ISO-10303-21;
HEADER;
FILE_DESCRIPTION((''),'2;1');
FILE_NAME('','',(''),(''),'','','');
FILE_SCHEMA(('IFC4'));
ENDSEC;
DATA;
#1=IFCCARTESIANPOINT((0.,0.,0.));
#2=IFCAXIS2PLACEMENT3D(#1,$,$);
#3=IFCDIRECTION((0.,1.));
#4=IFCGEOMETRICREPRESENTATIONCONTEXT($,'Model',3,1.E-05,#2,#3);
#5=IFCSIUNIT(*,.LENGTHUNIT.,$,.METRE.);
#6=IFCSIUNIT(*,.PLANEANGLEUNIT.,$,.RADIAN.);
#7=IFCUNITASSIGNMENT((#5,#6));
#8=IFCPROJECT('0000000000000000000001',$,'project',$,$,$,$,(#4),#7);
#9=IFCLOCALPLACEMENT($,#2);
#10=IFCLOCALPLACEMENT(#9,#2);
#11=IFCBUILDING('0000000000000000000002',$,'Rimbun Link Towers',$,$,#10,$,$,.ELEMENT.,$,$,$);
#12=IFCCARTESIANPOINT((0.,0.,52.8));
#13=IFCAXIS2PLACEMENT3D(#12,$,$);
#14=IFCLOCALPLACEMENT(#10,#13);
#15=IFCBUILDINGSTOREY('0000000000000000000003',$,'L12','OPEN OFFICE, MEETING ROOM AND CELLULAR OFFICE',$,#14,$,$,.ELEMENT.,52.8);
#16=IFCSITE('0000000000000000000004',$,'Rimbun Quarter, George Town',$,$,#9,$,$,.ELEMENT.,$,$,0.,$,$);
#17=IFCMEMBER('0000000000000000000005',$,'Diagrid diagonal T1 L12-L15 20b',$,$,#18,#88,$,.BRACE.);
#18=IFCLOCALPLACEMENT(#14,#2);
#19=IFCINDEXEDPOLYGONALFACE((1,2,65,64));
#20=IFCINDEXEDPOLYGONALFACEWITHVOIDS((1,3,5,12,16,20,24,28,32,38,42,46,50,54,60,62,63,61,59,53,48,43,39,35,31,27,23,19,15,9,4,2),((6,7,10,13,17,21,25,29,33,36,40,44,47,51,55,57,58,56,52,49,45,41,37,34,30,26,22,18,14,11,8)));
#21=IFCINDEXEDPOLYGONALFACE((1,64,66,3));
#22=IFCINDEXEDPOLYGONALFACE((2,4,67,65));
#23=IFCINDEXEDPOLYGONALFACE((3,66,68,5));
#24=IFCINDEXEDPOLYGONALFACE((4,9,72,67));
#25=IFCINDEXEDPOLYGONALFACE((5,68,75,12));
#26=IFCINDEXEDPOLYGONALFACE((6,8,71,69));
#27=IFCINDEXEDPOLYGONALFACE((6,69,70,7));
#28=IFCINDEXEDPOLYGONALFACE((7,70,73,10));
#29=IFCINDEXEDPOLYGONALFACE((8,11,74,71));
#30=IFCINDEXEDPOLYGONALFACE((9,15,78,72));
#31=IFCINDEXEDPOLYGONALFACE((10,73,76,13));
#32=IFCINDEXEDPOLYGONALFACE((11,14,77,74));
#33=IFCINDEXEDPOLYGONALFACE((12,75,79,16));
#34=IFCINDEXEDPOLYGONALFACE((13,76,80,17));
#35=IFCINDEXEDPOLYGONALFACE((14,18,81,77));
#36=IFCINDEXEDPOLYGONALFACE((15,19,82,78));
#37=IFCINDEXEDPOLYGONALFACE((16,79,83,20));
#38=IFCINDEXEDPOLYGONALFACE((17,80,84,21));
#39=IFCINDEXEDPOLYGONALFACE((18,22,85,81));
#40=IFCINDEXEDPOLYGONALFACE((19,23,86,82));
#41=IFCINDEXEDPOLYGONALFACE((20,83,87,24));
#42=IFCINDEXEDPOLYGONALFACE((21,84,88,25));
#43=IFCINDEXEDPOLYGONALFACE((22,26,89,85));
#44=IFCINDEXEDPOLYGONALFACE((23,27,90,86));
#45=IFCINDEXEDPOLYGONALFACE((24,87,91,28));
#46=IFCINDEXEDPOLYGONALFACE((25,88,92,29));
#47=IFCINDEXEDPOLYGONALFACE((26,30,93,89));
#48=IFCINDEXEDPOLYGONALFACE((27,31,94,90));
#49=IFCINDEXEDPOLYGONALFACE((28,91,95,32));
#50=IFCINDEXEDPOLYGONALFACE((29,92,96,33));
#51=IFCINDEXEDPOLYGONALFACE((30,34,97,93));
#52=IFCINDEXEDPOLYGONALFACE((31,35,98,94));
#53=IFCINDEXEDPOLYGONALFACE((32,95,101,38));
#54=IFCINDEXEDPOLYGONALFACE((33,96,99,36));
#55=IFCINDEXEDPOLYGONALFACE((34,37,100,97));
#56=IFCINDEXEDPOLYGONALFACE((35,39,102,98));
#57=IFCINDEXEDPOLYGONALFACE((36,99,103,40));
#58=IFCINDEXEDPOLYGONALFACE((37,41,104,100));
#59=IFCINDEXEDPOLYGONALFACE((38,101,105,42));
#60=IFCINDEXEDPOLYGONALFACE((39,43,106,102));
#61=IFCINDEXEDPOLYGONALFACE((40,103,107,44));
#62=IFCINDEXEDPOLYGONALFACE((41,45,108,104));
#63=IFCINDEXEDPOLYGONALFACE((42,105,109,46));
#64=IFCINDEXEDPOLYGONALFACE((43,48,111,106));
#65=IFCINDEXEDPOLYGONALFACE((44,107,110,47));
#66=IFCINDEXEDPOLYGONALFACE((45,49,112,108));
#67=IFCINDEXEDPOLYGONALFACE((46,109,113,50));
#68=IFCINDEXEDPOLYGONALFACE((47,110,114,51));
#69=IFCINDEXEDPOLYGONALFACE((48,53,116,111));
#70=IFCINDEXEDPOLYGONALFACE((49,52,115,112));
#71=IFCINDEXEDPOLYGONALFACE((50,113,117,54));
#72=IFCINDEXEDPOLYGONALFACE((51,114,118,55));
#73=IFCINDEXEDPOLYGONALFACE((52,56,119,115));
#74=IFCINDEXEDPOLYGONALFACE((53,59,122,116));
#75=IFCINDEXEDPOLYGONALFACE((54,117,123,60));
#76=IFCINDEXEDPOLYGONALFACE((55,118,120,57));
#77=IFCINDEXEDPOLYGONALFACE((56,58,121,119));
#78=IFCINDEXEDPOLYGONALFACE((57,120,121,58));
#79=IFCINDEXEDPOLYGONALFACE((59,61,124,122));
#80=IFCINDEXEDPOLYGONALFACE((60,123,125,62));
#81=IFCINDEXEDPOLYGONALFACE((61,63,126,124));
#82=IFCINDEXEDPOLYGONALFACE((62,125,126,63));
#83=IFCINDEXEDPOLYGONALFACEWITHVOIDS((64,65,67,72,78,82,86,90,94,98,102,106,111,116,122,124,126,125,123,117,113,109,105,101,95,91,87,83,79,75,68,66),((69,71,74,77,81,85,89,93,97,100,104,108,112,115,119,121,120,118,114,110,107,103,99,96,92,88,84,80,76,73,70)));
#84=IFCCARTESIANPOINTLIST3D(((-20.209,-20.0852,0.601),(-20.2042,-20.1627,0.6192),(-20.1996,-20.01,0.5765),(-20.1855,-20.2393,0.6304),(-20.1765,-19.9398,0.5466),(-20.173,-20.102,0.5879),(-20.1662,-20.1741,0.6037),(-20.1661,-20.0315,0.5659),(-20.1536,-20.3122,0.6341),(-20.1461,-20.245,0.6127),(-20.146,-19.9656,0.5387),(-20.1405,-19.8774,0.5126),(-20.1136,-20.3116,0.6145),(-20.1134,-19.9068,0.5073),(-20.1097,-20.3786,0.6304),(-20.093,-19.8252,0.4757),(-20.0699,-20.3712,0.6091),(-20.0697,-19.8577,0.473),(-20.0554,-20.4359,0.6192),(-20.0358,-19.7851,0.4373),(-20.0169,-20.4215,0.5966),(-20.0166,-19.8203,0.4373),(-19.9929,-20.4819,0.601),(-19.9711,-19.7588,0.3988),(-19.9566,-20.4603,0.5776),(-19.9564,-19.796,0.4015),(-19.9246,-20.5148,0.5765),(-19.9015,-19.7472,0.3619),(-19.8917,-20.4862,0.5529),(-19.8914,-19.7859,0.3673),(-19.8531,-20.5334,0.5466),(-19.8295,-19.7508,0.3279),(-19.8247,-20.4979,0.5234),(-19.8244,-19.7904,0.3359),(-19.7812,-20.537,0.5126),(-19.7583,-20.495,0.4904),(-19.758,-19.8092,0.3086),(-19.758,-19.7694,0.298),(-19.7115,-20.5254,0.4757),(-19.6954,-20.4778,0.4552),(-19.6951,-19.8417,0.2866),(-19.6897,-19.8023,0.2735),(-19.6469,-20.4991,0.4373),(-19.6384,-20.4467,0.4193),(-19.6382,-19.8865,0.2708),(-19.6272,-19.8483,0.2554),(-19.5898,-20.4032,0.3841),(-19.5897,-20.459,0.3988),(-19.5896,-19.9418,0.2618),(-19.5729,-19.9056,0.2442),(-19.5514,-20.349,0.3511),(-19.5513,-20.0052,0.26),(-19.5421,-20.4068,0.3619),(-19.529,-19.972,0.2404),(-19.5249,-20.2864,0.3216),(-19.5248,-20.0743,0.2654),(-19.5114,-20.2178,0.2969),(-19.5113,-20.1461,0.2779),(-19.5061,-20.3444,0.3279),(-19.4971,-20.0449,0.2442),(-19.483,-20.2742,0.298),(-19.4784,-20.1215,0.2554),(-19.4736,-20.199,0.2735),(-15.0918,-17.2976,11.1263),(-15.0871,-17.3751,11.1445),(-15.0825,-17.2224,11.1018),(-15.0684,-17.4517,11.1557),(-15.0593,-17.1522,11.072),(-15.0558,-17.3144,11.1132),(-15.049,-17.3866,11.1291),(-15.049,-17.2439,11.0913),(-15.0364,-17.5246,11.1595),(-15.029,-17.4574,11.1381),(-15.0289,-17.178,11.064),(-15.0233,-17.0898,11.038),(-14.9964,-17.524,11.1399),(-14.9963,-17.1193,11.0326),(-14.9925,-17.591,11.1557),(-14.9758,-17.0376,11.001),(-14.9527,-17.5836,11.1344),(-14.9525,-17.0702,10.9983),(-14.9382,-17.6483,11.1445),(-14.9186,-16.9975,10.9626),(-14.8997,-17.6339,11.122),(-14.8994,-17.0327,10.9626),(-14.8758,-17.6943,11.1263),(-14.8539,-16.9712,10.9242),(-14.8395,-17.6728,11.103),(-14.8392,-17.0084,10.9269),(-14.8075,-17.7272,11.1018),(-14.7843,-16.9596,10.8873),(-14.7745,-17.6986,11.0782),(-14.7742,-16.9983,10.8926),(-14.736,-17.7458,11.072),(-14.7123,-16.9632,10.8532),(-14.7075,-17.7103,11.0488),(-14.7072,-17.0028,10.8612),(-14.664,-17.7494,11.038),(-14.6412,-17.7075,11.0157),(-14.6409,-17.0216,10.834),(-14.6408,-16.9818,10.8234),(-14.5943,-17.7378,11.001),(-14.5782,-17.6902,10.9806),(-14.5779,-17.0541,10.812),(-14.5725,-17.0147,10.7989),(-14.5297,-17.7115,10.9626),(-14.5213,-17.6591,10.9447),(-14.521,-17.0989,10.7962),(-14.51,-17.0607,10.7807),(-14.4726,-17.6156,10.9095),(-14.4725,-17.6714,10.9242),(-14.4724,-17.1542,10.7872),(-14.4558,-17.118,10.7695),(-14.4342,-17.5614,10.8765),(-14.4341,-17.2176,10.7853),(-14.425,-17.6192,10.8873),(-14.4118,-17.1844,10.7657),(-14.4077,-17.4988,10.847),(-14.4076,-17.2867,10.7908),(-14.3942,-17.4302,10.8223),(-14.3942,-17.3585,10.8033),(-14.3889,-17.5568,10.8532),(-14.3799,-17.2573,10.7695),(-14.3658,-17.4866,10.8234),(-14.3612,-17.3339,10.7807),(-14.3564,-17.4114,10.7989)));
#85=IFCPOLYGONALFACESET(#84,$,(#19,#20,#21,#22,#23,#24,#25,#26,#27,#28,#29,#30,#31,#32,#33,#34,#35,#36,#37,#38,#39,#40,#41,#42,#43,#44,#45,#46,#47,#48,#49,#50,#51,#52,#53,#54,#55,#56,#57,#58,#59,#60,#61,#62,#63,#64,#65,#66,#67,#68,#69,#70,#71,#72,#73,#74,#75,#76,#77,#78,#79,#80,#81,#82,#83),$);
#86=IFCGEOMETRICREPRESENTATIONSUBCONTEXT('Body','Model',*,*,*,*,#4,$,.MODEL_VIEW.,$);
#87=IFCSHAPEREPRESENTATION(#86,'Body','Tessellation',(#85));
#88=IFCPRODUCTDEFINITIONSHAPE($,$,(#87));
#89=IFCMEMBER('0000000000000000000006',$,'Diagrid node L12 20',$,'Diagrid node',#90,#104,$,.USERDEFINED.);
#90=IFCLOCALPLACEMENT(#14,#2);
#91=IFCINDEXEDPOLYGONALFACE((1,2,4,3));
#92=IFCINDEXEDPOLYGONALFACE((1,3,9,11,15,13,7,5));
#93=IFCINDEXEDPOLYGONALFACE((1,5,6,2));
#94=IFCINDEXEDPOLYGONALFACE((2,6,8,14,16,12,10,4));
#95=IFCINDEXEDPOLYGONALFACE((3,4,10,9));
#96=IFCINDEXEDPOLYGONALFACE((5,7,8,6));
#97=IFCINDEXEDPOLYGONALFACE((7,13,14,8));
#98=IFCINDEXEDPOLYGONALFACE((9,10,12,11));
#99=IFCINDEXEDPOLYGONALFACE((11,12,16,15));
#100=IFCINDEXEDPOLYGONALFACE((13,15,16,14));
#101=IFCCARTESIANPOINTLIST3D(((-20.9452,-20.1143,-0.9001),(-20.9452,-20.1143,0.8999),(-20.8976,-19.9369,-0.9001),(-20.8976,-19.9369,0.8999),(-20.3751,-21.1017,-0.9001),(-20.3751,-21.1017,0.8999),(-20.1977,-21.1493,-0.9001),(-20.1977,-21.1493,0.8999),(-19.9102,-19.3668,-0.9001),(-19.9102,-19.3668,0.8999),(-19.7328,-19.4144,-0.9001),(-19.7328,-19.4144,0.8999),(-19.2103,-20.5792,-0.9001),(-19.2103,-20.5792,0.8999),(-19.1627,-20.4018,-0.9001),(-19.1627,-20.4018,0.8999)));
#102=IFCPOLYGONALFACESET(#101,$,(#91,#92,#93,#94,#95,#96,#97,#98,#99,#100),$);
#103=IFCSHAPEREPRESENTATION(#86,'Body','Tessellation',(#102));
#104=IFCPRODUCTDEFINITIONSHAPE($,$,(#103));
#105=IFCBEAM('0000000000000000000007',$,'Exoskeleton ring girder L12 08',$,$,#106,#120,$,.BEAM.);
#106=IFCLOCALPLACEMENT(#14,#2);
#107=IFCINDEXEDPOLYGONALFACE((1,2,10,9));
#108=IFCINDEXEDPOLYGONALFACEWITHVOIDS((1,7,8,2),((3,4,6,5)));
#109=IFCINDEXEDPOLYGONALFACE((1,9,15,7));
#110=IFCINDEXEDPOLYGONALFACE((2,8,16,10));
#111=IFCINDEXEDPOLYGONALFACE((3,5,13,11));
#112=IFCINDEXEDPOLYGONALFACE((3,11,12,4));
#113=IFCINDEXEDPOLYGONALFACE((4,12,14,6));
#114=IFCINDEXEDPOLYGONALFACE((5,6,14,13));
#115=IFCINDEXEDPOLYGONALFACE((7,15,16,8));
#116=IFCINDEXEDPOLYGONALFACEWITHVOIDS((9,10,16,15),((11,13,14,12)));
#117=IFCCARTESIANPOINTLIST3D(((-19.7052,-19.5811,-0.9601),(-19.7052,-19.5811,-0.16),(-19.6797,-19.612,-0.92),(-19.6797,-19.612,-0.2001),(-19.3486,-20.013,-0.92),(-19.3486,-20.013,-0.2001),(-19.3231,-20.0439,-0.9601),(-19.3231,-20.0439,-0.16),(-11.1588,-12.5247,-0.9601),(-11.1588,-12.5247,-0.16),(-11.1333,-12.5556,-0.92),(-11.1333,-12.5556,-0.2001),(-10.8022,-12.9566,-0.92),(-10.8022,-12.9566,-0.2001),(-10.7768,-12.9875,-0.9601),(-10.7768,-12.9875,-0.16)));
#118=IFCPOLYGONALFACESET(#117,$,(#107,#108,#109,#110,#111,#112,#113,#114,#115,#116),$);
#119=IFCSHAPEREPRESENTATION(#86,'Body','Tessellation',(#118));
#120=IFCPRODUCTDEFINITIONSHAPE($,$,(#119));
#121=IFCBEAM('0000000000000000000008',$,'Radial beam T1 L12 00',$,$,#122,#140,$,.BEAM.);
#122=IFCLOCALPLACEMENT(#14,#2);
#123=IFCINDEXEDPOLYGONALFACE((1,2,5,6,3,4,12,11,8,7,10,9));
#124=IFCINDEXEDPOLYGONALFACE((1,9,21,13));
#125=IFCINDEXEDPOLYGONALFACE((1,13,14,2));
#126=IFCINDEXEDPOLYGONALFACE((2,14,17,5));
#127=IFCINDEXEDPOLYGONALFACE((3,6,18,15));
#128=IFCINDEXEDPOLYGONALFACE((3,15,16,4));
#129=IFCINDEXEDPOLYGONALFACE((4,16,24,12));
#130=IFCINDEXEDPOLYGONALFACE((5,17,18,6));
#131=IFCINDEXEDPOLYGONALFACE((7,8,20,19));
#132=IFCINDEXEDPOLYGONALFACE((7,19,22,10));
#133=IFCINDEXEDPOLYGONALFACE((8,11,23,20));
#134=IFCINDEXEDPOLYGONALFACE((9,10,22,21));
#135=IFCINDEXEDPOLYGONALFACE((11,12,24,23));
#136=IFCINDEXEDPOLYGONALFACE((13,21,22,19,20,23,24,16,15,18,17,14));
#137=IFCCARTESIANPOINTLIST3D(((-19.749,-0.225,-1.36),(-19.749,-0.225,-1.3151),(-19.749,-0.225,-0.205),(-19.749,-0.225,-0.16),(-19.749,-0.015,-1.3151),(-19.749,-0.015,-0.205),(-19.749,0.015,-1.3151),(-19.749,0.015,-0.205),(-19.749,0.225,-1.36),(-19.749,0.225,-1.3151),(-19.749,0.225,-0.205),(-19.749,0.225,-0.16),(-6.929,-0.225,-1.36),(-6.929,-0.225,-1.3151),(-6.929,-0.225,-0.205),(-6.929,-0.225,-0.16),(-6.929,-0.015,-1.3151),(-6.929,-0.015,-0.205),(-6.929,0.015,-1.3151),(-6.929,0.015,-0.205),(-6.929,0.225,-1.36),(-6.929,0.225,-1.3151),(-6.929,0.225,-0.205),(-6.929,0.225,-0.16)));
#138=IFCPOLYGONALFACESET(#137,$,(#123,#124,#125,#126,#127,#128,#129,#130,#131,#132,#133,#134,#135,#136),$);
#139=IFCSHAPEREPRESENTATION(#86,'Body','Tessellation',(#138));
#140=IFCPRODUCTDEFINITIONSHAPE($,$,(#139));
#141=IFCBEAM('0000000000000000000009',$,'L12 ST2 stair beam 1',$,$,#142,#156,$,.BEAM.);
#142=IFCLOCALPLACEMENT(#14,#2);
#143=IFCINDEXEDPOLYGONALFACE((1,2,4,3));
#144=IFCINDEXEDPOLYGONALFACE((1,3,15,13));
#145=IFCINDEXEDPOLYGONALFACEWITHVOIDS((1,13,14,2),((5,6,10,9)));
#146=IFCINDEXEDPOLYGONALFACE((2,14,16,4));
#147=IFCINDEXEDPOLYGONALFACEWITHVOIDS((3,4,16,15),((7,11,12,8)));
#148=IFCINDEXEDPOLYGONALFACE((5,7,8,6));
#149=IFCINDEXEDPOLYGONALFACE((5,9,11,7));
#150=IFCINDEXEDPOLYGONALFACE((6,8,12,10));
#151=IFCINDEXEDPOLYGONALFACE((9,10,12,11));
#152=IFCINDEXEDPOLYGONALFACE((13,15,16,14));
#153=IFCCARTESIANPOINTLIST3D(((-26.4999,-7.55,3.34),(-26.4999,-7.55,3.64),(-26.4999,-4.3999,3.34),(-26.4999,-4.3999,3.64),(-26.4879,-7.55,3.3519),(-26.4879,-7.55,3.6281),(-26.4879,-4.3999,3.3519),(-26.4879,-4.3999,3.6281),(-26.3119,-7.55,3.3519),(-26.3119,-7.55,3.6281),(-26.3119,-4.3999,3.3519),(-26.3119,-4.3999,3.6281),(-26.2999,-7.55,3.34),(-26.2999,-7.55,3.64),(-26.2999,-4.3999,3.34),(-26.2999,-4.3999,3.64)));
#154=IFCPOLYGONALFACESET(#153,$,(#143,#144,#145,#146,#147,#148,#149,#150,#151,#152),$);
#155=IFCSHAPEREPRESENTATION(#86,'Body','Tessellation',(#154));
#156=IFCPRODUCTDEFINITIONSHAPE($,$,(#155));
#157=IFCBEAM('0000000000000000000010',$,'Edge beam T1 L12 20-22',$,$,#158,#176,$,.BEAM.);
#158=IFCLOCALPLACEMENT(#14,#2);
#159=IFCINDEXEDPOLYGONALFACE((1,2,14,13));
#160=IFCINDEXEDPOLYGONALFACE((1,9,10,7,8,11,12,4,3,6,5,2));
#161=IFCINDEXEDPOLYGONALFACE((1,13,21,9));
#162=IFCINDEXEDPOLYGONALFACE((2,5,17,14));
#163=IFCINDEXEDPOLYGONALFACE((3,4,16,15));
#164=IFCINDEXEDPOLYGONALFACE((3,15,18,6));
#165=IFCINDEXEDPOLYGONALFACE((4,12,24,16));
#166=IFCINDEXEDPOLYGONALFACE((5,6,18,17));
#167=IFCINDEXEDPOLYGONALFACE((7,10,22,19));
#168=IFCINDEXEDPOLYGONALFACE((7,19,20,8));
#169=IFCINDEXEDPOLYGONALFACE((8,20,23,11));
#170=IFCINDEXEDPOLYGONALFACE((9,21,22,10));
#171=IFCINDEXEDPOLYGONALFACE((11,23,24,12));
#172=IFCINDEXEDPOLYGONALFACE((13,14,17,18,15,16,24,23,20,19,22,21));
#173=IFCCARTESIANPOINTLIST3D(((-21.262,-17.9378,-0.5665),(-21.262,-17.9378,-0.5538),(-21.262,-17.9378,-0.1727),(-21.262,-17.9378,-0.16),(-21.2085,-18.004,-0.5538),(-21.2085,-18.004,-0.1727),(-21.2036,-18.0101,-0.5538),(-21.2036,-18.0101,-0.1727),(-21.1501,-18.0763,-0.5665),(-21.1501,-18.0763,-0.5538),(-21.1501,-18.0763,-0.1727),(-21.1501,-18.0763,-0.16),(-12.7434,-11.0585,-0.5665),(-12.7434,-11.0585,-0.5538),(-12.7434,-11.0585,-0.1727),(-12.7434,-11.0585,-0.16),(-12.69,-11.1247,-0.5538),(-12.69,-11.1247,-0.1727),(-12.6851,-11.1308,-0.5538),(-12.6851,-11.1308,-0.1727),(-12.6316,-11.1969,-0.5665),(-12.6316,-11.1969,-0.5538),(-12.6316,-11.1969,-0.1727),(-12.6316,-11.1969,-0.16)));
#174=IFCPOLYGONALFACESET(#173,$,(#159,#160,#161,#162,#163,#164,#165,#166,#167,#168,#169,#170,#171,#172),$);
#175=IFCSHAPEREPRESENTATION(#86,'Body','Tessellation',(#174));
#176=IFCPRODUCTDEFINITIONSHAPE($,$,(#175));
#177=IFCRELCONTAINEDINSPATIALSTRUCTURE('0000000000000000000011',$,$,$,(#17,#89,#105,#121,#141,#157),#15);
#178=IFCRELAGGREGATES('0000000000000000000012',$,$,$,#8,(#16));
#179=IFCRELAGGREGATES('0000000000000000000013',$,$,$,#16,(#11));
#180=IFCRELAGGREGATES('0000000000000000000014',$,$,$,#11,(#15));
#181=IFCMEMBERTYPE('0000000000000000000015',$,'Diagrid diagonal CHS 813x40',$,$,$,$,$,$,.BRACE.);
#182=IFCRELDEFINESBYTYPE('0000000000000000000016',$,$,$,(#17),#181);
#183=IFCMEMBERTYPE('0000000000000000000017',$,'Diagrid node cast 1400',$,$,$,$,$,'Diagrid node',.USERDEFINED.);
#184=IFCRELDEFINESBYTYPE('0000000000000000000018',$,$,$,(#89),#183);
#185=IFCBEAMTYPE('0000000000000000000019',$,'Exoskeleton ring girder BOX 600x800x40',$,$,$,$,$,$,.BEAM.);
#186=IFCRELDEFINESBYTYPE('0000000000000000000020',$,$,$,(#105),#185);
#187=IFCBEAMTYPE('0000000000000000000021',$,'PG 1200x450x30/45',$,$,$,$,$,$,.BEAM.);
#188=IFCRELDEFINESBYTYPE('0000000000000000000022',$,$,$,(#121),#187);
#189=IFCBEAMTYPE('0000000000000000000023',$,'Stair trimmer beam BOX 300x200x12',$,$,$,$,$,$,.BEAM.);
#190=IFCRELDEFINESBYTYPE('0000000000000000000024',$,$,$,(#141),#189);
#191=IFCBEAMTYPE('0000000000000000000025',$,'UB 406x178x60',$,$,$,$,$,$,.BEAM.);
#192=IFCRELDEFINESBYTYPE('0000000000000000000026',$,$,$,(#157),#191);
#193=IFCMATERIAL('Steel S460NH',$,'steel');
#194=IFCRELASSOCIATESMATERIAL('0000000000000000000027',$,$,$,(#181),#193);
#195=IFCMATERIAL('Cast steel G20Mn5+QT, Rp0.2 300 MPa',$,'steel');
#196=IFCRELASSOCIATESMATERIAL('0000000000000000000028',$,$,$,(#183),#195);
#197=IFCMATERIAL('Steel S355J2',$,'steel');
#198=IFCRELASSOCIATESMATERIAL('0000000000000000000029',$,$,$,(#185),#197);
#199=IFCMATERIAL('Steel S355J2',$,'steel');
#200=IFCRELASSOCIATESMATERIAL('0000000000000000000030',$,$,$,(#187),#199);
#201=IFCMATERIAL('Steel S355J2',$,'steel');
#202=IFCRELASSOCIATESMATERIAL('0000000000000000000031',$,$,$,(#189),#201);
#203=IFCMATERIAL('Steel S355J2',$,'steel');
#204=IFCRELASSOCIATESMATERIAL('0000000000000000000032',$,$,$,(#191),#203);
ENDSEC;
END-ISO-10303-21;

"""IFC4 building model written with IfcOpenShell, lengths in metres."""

from ifc_helpers import new_model, si_unit, direction, frame, origin, origin_2d, place, context, subcontext, project, spatial, polyline, hollow_rectangle, hollow_circle, i_section, outline, extrude, material, material_profile, profile_set, type_object, element, save


model = new_model("IFC4")

# Units and contexts
model_context = context("Model", 3, precision=1e-05, world=origin(), true_north=direction((0.0, 1.0)))
body_context = subcontext(model_context, "Body", "Model", "MODEL_VIEW")
ifc_project = project(units=[si_unit("LENGTHUNIT", "METRE"), si_unit("PLANEANGLEUNIT", "RADIAN")], contexts=[model_context])

# Site, building, storey
site_placement = place(None, origin())
site = spatial("IfcSite", under=ifc_project, at=site_placement, Name="Rimbun Quarter, George Town", CompositionType="ELEMENT", RefElevation=0.0)
building_placement = place(site_placement, origin())
building = spatial("IfcBuilding", under=site, at=building_placement, Name="Rimbun Link Towers", CompositionType="ELEMENT")
storey_placement = place(building_placement, frame((0.0, 0.0, 52.8)))
storey = spatial("IfcBuildingStorey", under=building, at=storey_placement, Name="L12", Description="OPEN OFFICE, MEETING ROOM AND CELLULAR OFFICE", CompositionType="ELEMENT", Elevation=52.8)

# Members
ifc_material_1 = material(Name="Steel S460NH", Category="steel")
ifc_material_profile_1 = material_profile(ifc_material_1, hollow_circle(Radius=0.4065, WallThickness=0.04, at=origin_2d()), Name="Diagrid diagonal CHS 813x40")
ifc_profile_set_1 = profile_set([ifc_material_profile_1], Name="Steel S460NH")
member_type_1 = type_object("IfcMemberType", Name="Diagrid diagonal CHS 813x40", PredefinedType="BRACE", material=ifc_profile_set_1)
member_1_placement = place(storey_placement, frame((-19.8413, -20.1421, 0.4373), z_axis=(0.425341, 0.231705, 0.87487), x_axis=(-0.478377, 0.878155, 0.0)))
element("IfcMember", 1, at=member_1_placement, inside=storey, type_object=member_type_1, Name="Diagrid diagonal T1 L12-L15 20b", PredefinedType="BRACE", context=body_context, shape_type="SweptSolid", body=[
    extrude(hollow_circle(Radius=0.4065, WallThickness=0.04, at=origin_2d()), origin(), (0.0, 0.0, 1.0), 12.0308),
])
ifc_material_2 = material(Name="Cast steel G20Mn5+QT, Rp0.2 300 MPa", Category="steel")
ifc_material_profile_2 = material_profile(ifc_material_2, outline(polyline([(0.7, -0.5701), (0.7, 0.5701), (0.5701, 0.7), (-0.5701, 0.7), (-0.7, 0.5701), (-0.7, -0.5701), (-0.5701, -0.7), (0.5701, -0.7), (0.7, -0.5701)])), Name="NODE 1400x1400")
ifc_profile_set_2 = profile_set([ifc_material_profile_2], Name="Cast steel G20Mn5+QT, Rp0.2 300 MPa")
member_type_2 = type_object("IfcMemberType", Name="Diagrid node cast 1400", ElementType="Diagrid node", PredefinedType="USERDEFINED", material=ifc_profile_set_2)
member_2_placement = place(storey_placement, frame((-20.054, -20.2581, -0.9001), z_axis=(0.0, 0.0, 1.0), x_axis=(0.5, -0.866025, 0.0)))
element("IfcMember", 2, at=member_2_placement, inside=storey, type_object=member_type_2, Name="Diagrid node L12 20", ObjectType="Diagrid node", PredefinedType="USERDEFINED", context=body_context, shape_type="SweptSolid", body=[
    extrude(outline(polyline([(0.7, -0.5701), (0.7, 0.5701), (0.5701, 0.7), (-0.5701, 0.7), (-0.7, 0.5701), (-0.7, -0.5701), (-0.5701, -0.7), (0.5701, -0.7), (0.7, -0.5701)])), origin(), (0.0, 0.0, 1.0), 1.8),
])

# Beams
ifc_material_3 = material(Name="Steel S355J2", Category="steel")
ifc_material_profile_3 = material_profile(ifc_material_3, hollow_rectangle(XDim=0.6001, YDim=0.8, WallThickness=0.04, at=origin_2d()), Name="Exoskeleton ring girder BOX 600x800x40")
ifc_profile_set_3 = profile_set([ifc_material_profile_3], Name="Steel S355J2")
beam_type_1 = type_object("IfcBeamType", Name="Exoskeleton ring girder BOX 600x800x40", PredefinedType="BEAM", material=ifc_profile_set_3)
beam_1_placement = place(storey_placement, frame((-19.5142, -19.8125, -0.5601), z_axis=(0.771124, 0.636685, 0.0), x_axis=(-0.636685, 0.771124, 0.0)))
element("IfcBeam", 3, at=beam_1_placement, inside=storey, type_object=beam_type_1, Name="Exoskeleton ring girder L12 08", PredefinedType="BEAM", context=body_context, shape_type="SweptSolid", body=[
    extrude(hollow_rectangle(XDim=0.6001, YDim=0.8, WallThickness=0.04, at=origin_2d()), origin(), (0.0, 0.0, 1.0), 11.083),
])
ifc_material_4 = material(Name="Steel S355J2", Category="steel")
ifc_material_profile_4 = material_profile(ifc_material_4, i_section(OverallWidth=0.45, OverallDepth=1.2, WebThickness=0.03, FlangeThickness=0.0449, at=origin_2d()), Name="PG 1200x450x30/45")
ifc_profile_set_4 = profile_set([ifc_material_profile_4], Name="Steel S355J2")
beam_type_2 = type_object("IfcBeamType", Name="PG 1200x450x30/45", PredefinedType="BEAM", material=ifc_profile_set_4)
beam_2_placement = place(storey_placement, frame((-19.749, 0.0, -0.76), z_axis=(1.0, 0.0, 0.0), x_axis=(0.0, 1.0, 0.0)))
element("IfcBeam", 4, at=beam_2_placement, inside=storey, type_object=beam_type_2, Name="Radial beam T1 L12 00", PredefinedType="BEAM", context=body_context, shape_type="SweptSolid", body=[
    extrude(i_section(OverallWidth=0.45, OverallDepth=1.2, WebThickness=0.03, FlangeThickness=0.0449, at=origin_2d()), origin(), (0.0, 0.0, 1.0), 12.8201),
])
ifc_material_5 = material(Name="Steel S355J2", Category="steel")
ifc_material_profile_5 = material_profile(ifc_material_5, hollow_rectangle(XDim=0.2, YDim=0.3, WallThickness=0.012, at=origin_2d()), Name="BOX 300x200x12")
ifc_profile_set_5 = profile_set([ifc_material_profile_5], Name="Steel S355J2")
beam_type_3 = type_object("IfcBeamType", Name="Stair trimmer beam BOX 300x200x12", PredefinedType="BEAM", material=ifc_profile_set_5)
beam_3_placement = place(storey_placement, frame((-26.3999, -7.55, 3.49), z_axis=(0.0, 1.0, 0.0), x_axis=(-1.0, 0.0, 0.0)))
element("IfcBeam", 5, at=beam_3_placement, inside=storey, type_object=beam_type_3, Name="L12 ST2 stair beam 1", PredefinedType="BEAM", context=body_context, shape_type="SweptSolid", body=[
    extrude(hollow_rectangle(XDim=0.2, YDim=0.3, WallThickness=0.012, at=origin_2d()), origin(), (0.0, 0.0, 1.0), 3.1501),
])
ifc_material_6 = material(Name="Steel S355J2", Category="steel")
ifc_material_profile_6 = material_profile(ifc_material_6, i_section(OverallWidth=0.178, OverallDepth=0.4065, WebThickness=0.0078, FlangeThickness=0.0127, at=origin_2d()), Name="UB 406x178x60")
ifc_profile_set_6 = profile_set([ifc_material_profile_6], Name="Steel S355J2")
beam_type_4 = type_object("IfcBeamType", Name="UB 406x178x60", PredefinedType="BEAM", material=ifc_profile_set_6)
beam_4_placement = place(storey_placement, frame((-21.2061, -18.0071, -0.3633), z_axis=(0.777985, 0.628283, 0.0), x_axis=(-0.628283, 0.777985, 0.0)))
element("IfcBeam", 6, at=beam_4_placement, inside=storey, type_object=beam_type_4, Name="Edge beam T1 L12 20-22", PredefinedType="BEAM", context=body_context, shape_type="SweptSolid", body=[
    extrude(i_section(OverallWidth=0.178, OverallDepth=0.4065, WebThickness=0.0078, FlangeThickness=0.0127, at=origin_2d()), origin(), (0.0, 0.0, 1.0), 10.9495),
])

save(model, "model.ifc")
